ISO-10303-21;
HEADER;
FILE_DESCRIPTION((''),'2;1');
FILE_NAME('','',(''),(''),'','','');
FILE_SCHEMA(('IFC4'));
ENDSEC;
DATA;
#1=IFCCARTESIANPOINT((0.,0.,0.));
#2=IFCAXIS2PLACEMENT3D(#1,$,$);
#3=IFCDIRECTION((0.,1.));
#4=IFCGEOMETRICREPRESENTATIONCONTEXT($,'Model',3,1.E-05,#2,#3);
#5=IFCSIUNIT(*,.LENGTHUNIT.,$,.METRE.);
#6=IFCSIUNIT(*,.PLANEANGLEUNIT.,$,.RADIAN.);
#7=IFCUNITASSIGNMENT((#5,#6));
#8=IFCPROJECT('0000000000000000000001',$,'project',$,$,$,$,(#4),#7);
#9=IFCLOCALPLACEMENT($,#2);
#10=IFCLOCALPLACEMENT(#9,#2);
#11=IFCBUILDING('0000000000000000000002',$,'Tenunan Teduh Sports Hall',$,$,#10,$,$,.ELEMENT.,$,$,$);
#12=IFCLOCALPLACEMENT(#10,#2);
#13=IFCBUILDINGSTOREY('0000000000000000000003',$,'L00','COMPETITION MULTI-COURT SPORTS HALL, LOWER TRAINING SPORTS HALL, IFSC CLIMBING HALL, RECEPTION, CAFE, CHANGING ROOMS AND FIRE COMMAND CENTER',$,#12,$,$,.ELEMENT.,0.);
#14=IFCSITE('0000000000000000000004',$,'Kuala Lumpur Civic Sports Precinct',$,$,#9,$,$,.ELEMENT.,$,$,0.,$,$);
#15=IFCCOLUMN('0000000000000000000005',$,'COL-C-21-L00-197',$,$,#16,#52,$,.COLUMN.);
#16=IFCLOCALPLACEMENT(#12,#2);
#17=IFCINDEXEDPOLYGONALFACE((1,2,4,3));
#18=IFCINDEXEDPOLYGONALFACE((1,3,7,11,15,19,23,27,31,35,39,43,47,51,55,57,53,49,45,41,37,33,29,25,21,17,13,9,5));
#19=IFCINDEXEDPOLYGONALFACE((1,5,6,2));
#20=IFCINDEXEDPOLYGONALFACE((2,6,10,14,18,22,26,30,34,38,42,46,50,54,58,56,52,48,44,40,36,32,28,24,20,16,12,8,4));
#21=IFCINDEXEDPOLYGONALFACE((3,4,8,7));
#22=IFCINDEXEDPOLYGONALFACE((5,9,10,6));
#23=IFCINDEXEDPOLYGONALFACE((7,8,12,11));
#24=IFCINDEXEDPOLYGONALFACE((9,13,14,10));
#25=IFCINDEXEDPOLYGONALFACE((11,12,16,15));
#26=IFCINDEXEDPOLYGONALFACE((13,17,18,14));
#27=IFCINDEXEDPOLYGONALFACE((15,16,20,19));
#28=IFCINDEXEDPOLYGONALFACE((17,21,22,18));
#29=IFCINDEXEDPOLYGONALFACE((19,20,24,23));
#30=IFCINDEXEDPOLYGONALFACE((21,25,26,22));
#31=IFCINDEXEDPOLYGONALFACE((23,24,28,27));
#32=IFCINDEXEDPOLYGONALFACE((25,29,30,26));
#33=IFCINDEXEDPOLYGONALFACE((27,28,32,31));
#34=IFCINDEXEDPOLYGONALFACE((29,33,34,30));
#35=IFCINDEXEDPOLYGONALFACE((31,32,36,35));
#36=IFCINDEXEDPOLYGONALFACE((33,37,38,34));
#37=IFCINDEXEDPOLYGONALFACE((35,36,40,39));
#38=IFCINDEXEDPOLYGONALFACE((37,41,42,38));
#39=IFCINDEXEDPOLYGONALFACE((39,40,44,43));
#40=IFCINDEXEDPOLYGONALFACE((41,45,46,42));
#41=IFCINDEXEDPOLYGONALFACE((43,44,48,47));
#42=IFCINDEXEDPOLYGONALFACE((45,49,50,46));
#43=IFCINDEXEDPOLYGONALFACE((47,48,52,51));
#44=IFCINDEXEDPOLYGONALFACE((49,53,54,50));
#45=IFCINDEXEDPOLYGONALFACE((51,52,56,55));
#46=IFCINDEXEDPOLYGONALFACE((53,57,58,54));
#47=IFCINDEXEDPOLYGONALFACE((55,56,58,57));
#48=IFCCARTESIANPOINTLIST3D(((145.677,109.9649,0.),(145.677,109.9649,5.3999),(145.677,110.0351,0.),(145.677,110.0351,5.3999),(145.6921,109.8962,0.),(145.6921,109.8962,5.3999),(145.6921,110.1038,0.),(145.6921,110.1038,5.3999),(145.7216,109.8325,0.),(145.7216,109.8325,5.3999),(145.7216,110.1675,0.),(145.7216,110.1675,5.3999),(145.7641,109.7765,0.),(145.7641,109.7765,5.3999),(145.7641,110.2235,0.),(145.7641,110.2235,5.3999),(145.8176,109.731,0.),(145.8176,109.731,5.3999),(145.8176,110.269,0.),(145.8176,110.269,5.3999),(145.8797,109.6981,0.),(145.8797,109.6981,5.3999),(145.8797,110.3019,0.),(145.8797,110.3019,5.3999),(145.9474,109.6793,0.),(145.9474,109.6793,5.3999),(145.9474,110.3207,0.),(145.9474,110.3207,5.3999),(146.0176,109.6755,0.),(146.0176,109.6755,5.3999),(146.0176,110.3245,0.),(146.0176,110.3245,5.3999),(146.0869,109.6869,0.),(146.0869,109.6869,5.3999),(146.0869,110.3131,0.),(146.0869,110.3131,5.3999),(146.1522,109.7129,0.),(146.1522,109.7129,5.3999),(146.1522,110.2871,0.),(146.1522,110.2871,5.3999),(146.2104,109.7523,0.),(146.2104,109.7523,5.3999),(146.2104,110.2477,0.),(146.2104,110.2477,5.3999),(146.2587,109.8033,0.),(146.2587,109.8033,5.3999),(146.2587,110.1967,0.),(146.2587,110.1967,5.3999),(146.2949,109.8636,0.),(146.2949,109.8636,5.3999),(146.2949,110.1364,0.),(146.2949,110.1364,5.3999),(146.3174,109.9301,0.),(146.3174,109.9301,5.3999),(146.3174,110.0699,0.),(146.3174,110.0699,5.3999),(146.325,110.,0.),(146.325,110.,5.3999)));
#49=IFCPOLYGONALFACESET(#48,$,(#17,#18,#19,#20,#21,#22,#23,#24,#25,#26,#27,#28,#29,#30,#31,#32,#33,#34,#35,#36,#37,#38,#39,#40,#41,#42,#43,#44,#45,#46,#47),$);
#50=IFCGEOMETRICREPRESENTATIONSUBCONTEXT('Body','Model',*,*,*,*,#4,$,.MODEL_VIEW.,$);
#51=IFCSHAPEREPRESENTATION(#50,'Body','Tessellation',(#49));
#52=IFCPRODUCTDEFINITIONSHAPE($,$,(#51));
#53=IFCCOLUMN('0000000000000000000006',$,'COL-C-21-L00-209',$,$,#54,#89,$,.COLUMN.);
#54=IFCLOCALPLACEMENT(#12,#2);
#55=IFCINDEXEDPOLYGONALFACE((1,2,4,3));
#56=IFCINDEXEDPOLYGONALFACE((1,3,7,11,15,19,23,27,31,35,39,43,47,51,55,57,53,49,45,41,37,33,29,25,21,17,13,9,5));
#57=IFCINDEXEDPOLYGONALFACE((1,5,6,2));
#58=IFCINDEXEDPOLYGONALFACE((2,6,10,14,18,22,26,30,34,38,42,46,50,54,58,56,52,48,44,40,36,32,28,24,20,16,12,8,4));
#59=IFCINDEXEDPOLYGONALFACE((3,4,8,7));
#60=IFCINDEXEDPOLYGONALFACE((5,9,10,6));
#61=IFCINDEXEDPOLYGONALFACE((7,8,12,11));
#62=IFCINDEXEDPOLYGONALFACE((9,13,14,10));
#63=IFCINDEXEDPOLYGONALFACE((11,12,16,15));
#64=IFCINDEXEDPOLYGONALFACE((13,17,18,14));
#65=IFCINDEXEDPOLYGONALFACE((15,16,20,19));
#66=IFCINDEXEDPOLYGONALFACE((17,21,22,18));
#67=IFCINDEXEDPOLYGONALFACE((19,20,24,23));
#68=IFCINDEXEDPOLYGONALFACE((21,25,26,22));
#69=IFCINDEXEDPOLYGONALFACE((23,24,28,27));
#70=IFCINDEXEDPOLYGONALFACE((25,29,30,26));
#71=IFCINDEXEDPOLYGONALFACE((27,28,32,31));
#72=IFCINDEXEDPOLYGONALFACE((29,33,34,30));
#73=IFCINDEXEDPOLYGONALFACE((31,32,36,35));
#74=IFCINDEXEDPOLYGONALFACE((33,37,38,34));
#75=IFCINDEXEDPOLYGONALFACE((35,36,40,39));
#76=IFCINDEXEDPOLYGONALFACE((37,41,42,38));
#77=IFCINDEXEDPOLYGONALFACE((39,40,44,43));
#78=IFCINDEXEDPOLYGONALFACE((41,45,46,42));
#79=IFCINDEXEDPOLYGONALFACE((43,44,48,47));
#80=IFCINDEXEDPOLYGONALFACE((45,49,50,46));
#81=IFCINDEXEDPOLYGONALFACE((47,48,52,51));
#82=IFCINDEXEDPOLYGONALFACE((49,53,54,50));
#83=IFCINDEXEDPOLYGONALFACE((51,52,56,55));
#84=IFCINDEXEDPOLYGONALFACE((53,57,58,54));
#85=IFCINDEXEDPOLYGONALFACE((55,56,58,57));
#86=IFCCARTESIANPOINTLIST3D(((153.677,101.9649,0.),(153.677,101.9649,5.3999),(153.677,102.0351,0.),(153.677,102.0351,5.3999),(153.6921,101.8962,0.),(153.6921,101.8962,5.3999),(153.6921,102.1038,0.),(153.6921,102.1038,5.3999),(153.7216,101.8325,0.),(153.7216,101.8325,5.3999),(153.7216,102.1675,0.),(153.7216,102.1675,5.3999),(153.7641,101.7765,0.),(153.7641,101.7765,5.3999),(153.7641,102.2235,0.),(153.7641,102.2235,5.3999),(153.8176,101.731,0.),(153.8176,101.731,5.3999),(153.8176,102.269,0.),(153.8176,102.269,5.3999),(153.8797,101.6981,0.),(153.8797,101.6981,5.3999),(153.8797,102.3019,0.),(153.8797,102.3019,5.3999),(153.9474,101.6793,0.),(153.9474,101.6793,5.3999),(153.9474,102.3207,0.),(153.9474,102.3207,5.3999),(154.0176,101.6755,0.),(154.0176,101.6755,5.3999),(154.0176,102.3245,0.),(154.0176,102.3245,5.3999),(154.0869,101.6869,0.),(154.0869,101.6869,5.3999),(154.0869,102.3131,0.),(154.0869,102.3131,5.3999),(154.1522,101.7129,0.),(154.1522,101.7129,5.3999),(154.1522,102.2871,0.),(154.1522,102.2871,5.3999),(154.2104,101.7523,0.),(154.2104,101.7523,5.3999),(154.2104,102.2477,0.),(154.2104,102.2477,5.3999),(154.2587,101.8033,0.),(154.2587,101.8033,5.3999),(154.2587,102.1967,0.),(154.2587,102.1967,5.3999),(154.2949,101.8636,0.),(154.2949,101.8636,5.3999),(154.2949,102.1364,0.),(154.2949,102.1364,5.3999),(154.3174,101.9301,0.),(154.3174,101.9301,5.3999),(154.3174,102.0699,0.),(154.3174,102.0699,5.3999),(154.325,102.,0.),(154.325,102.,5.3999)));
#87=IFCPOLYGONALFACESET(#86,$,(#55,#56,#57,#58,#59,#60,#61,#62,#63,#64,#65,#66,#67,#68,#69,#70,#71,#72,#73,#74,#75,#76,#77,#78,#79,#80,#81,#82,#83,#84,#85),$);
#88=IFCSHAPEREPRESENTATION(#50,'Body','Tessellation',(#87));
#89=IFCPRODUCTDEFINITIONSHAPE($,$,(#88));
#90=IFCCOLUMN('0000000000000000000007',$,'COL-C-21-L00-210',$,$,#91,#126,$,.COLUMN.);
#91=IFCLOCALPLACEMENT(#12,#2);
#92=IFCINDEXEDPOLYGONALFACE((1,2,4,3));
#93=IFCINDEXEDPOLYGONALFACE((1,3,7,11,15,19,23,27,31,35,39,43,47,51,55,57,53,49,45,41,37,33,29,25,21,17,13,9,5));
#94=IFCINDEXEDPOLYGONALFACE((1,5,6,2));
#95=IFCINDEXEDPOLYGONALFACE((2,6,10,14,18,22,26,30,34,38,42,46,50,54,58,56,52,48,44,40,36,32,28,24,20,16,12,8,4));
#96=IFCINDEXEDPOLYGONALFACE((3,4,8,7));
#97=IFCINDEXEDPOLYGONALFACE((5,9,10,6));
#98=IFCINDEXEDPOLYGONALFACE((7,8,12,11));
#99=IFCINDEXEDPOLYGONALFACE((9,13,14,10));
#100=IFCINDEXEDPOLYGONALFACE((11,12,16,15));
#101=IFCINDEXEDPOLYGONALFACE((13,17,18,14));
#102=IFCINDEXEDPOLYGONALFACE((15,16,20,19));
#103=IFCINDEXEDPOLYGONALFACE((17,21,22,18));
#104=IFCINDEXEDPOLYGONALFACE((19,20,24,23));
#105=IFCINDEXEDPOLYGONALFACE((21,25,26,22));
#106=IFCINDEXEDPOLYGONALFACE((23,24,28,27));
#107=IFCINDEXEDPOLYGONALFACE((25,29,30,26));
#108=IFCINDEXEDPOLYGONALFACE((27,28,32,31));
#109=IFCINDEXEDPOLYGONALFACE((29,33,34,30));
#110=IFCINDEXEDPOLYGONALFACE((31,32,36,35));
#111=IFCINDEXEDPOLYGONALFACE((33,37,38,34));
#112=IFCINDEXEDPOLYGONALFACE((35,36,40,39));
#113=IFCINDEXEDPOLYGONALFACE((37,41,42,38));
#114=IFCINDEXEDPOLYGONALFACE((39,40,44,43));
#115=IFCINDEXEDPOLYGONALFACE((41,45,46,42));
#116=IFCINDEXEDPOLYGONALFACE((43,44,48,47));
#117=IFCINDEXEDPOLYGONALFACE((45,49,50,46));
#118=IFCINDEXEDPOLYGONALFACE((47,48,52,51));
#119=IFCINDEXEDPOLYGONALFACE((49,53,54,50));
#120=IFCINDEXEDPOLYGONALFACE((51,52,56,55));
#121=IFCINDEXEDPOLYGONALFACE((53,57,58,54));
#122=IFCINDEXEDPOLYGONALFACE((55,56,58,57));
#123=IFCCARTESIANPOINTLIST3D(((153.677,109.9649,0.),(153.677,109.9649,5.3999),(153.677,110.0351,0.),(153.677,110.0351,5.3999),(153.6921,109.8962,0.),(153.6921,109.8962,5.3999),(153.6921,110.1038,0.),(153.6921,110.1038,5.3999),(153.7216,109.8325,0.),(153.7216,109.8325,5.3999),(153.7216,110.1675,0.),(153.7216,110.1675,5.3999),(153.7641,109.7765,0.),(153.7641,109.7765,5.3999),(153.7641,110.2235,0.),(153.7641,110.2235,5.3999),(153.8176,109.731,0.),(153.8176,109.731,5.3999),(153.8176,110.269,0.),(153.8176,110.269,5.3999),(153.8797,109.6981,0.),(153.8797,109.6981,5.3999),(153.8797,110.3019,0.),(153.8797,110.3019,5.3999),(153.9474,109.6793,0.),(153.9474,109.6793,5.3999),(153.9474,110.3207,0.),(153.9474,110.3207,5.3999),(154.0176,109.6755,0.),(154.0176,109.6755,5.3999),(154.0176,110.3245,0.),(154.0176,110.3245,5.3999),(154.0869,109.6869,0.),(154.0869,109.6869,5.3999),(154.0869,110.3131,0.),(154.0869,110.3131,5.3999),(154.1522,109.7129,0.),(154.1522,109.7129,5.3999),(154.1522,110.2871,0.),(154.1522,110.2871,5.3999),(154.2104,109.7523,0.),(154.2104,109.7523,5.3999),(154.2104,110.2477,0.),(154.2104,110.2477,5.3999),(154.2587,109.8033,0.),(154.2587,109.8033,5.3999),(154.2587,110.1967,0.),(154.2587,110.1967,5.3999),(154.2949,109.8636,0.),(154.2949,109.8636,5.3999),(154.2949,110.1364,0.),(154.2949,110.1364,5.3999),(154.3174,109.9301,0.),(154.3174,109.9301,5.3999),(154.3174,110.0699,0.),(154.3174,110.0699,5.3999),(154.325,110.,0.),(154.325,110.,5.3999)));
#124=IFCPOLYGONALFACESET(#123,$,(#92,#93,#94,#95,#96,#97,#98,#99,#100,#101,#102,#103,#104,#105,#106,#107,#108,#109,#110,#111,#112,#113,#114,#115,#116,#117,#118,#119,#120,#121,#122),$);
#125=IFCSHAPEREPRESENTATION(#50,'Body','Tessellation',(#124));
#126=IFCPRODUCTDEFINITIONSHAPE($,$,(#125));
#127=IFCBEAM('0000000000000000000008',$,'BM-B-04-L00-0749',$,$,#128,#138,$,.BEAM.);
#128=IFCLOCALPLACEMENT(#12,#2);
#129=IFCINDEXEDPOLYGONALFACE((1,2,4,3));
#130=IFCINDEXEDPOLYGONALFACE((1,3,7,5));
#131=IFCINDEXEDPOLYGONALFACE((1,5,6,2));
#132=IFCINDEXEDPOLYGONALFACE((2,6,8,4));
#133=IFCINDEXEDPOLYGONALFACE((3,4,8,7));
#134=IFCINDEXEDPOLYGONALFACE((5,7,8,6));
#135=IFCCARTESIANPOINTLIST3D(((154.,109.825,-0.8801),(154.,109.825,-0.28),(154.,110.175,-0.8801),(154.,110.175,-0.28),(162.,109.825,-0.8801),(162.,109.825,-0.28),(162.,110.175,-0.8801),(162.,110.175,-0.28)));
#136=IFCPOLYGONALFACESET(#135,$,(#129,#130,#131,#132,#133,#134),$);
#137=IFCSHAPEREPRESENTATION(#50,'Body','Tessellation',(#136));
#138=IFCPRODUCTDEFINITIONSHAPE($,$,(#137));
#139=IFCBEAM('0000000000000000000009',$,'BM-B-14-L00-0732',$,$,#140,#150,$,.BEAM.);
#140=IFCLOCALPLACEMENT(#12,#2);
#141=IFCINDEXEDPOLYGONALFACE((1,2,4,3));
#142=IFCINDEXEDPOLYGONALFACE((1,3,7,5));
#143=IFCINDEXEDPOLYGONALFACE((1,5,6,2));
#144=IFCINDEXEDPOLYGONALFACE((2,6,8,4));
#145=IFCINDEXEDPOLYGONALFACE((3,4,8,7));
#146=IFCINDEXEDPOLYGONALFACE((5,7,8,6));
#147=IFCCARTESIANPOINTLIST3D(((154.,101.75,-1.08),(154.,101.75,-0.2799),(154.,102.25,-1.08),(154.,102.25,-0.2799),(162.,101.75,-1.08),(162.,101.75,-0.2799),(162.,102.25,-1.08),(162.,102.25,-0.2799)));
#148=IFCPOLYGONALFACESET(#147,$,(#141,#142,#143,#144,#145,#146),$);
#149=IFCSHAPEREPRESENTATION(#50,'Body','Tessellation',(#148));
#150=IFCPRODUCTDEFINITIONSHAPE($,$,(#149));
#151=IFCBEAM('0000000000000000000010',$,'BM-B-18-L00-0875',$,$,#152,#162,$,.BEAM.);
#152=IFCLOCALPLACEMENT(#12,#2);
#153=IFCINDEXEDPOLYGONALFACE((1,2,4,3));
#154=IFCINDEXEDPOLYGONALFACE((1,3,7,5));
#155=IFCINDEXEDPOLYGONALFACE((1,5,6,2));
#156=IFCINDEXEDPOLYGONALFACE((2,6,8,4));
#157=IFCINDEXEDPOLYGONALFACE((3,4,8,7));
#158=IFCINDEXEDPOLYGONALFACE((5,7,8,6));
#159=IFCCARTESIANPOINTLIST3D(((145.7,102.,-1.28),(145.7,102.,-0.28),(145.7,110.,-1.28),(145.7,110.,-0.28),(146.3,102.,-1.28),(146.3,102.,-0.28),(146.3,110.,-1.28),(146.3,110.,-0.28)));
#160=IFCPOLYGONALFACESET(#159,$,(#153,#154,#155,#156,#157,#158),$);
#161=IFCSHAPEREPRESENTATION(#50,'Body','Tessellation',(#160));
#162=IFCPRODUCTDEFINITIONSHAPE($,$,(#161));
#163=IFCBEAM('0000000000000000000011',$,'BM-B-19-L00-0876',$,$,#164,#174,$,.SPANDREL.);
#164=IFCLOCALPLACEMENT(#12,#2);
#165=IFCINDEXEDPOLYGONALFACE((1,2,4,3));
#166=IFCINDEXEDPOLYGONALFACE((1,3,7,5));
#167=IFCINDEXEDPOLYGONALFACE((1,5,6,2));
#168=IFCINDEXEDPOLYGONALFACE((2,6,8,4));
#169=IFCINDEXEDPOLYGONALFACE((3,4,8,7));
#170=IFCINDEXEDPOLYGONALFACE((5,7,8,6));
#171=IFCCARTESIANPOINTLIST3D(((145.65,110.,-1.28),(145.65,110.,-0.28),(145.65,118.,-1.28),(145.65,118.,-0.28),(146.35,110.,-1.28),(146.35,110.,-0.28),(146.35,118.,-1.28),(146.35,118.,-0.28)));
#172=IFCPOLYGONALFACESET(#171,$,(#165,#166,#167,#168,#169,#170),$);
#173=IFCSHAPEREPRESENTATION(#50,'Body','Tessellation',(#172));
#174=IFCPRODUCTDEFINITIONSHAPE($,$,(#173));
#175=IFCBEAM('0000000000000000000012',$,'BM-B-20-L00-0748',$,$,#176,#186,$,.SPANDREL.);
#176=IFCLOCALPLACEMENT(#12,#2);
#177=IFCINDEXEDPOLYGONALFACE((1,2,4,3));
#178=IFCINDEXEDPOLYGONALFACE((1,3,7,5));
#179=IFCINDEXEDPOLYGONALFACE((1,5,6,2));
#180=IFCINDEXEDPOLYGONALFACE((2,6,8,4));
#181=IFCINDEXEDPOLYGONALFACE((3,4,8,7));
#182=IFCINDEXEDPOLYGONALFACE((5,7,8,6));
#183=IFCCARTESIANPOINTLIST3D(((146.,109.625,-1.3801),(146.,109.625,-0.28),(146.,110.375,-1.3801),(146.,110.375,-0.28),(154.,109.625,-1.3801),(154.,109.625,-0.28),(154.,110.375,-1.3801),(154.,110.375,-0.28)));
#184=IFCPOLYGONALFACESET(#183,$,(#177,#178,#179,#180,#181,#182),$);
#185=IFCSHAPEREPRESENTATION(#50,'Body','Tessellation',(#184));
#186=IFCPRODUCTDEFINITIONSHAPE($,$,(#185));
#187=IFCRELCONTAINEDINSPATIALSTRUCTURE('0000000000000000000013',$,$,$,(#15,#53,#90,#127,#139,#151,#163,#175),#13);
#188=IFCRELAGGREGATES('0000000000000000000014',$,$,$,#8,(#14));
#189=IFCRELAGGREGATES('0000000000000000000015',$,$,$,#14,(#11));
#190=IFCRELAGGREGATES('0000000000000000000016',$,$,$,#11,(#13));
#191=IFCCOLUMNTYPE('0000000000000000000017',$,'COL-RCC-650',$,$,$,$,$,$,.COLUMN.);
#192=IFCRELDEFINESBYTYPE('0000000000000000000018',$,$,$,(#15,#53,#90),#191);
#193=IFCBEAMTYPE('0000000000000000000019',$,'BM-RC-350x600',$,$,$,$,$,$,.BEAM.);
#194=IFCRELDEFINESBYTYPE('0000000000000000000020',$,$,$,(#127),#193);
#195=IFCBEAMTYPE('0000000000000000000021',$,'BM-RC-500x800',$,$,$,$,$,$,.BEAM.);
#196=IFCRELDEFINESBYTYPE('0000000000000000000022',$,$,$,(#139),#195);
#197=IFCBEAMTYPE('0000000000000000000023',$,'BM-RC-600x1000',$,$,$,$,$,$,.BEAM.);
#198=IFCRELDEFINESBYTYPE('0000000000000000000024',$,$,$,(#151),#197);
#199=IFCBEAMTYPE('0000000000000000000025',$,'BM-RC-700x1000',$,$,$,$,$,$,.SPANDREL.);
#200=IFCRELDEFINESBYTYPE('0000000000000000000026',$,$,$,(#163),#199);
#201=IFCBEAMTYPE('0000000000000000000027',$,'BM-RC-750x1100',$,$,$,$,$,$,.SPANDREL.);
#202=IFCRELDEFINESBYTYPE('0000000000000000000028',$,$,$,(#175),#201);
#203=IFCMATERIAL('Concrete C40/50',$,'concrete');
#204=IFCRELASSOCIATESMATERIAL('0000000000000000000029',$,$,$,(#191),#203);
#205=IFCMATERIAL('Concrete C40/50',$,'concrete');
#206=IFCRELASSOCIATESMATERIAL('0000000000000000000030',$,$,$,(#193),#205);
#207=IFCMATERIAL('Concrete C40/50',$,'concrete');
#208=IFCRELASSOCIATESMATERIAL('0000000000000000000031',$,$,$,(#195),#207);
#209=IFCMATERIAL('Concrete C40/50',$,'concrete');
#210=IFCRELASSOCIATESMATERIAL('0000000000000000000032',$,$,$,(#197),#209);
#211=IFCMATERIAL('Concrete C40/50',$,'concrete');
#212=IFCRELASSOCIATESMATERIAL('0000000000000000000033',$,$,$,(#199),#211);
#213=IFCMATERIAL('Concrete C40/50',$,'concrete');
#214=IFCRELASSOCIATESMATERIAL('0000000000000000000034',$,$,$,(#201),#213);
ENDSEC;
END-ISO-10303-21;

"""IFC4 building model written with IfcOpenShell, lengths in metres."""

from ifc_helpers import new_model, si_unit, direction, frame, origin, origin_2d, place, context, subcontext, project, spatial, rectangle, circle, extrude, material, material_profile, profile_set, type_object, element, save


model = new_model("IFC4")

# Units and contexts
model_context = context("Model", 3, precision=1e-05, world=origin(), true_north=direction((0.0, 1.0)))
body_context = subcontext(model_context, "Body", "Model", "MODEL_VIEW")
ifc_project = project(units=[si_unit("LENGTHUNIT", "METRE"), si_unit("PLANEANGLEUNIT", "RADIAN")], contexts=[model_context])

# Site, building, storey
site_placement = place(None, origin())
site = spatial("IfcSite", under=ifc_project, at=site_placement, Name="Kuala Lumpur Civic Sports Precinct", CompositionType="ELEMENT", RefElevation=0.0)
building_placement = place(site_placement, origin())
building = spatial("IfcBuilding", under=site, at=building_placement, Name="Tenunan Teduh Sports Hall", CompositionType="ELEMENT")
storey_placement = place(building_placement, origin())
storey = spatial("IfcBuildingStorey", under=building, at=storey_placement, Name="L00", Description="COMPETITION MULTI-COURT SPORTS HALL, LOWER TRAINING SPORTS HALL, IFSC CLIMBING HALL, RECEPTION, CAFE, CHANGING ROOMS AND FIRE COMMAND CENTER", CompositionType="ELEMENT", Elevation=0.0)

# Columns
ifc_material_1 = material(Name="Concrete C40/50", Category="concrete")
ifc_material_profile_1 = material_profile(ifc_material_1, circle(Radius=0.325, at=origin_2d()), Name="RCC D650")
ifc_profile_set_1 = profile_set([ifc_material_profile_1], Name="Concrete C40/50")
column_type = type_object("IfcColumnType", Name="COL-RCC-650", PredefinedType="COLUMN", material=ifc_profile_set_1)
for number, where, z_axis, x_axis, name in (
    (1, (146.0, 110.0, 0.0), (0.0, 0.0, 1.0), (1.0, 0.0, 0.0), "COL-C-21-L00-197"),
    (2, (154.0, 102.0, 0.0), (0.0, 0.0, 1.0), (1.0, 0.0, 0.0), "COL-C-21-L00-209"),
    (3, (154.0, 110.0, 0.0), (0.0, 0.0, 1.0), (1.0, 0.0, 0.0), "COL-C-21-L00-210"),
):
    element("IfcColumn", number, at=place(storey_placement, frame(where, z_axis=z_axis, x_axis=x_axis)), inside=storey, type_object=column_type, Name=name, PredefinedType="COLUMN", context=body_context, shape_type="SweptSolid", body=[
        extrude(circle(Radius=0.325, at=origin_2d()), origin(), (0.0, 0.0, 1.0), 5.3999),
    ])

# Beams
ifc_material_2 = material(Name="Concrete C40/50", Category="concrete")
ifc_material_profile_2 = material_profile(ifc_material_2, rectangle(XDim=0.3501, YDim=0.6001, at=origin_2d()), Name="RCB 350x600")
ifc_profile_set_2 = profile_set([ifc_material_profile_2], Name="Concrete C40/50")
beam_type_1 = type_object("IfcBeamType", Name="BM-RC-350x600", PredefinedType="BEAM", material=ifc_profile_set_2)
beam_1_placement = place(storey_placement, frame((154.0, 110.0, -0.5801), z_axis=(1.0, 0.0, 0.0), x_axis=(0.0, 1.0, 0.0)))
element("IfcBeam", 4, at=beam_1_placement, inside=storey, type_object=beam_type_1, Name="BM-B-04-L00-0749", PredefinedType="BEAM", context=body_context, shape_type="SweptSolid", body=[
    extrude(rectangle(XDim=0.3501, YDim=0.6001, at=origin_2d()), origin(), (0.0, 0.0, 1.0), 8.0),
])
ifc_material_3 = material(Name="Concrete C40/50", Category="concrete")
ifc_material_profile_3 = material_profile(ifc_material_3, rectangle(XDim=0.5, YDim=0.8, at=origin_2d()), Name="RCB 500x800")
ifc_profile_set_3 = profile_set([ifc_material_profile_3], Name="Concrete C40/50")
beam_type_2 = type_object("IfcBeamType", Name="BM-RC-500x800", PredefinedType="BEAM", material=ifc_profile_set_3)
beam_2_placement = place(storey_placement, frame((154.0, 102.0, -0.6799), z_axis=(1.0, 0.0, 0.0), x_axis=(0.0, 1.0, 0.0)))
element("IfcBeam", 5, at=beam_2_placement, inside=storey, type_object=beam_type_2, Name="BM-B-14-L00-0732", PredefinedType="BEAM", context=body_context, shape_type="SweptSolid", body=[
    extrude(rectangle(XDim=0.5, YDim=0.8, at=origin_2d()), origin(), (0.0, 0.0, 1.0), 8.0),
])
ifc_material_4 = material(Name="Concrete C40/50", Category="concrete")
ifc_material_profile_4 = material_profile(ifc_material_4, rectangle(XDim=0.6001, YDim=1.0, at=origin_2d()), Name="RCB 600x1000")
ifc_profile_set_4 = profile_set([ifc_material_profile_4], Name="Concrete C40/50")
beam_type_3 = type_object("IfcBeamType", Name="BM-RC-600x1000", PredefinedType="BEAM", material=ifc_profile_set_4)
beam_3_placement = place(storey_placement, frame((146.0, 102.0, -0.78), z_axis=(0.0, 1.0, 0.0), x_axis=(-1.0, 0.0, 0.0)))
element("IfcBeam", 6, at=beam_3_placement, inside=storey, type_object=beam_type_3, Name="BM-B-18-L00-0875", PredefinedType="BEAM", context=body_context, shape_type="SweptSolid", body=[
    extrude(rectangle(XDim=0.6001, YDim=1.0, at=origin_2d()), origin(), (0.0, 0.0, 1.0), 8.0),
])
ifc_material_5 = material(Name="Concrete C40/50", Category="concrete")
ifc_material_profile_5 = material_profile(ifc_material_5, rectangle(XDim=0.7, YDim=1.0, at=origin_2d()), Name="RCB 700x1000")
ifc_profile_set_5 = profile_set([ifc_material_profile_5], Name="Concrete C40/50")
beam_type_4 = type_object("IfcBeamType", Name="BM-RC-700x1000", PredefinedType="SPANDREL", material=ifc_profile_set_5)
beam_4_placement = place(storey_placement, frame((146.0, 110.0, -0.78), z_axis=(0.0, 1.0, 0.0), x_axis=(-1.0, 0.0, 0.0)))
element("IfcBeam", 7, at=beam_4_placement, inside=storey, type_object=beam_type_4, Name="BM-B-19-L00-0876", PredefinedType="SPANDREL", context=body_context, shape_type="SweptSolid", body=[
    extrude(rectangle(XDim=0.7, YDim=1.0, at=origin_2d()), origin(), (0.0, 0.0, 1.0), 8.0),
])
ifc_material_6 = material(Name="Concrete C40/50", Category="concrete")
ifc_material_profile_6 = material_profile(ifc_material_6, rectangle(XDim=0.75, YDim=1.1001, at=origin_2d()), Name="RCB 750x1100")
ifc_profile_set_6 = profile_set([ifc_material_profile_6], Name="Concrete C40/50")
beam_type_5 = type_object("IfcBeamType", Name="BM-RC-750x1100", PredefinedType="SPANDREL", material=ifc_profile_set_6)
beam_5_placement = place(storey_placement, frame((146.0, 110.0, -0.8301), z_axis=(1.0, 0.0, 0.0), x_axis=(0.0, 1.0, 0.0)))
element("IfcBeam", 8, at=beam_5_placement, inside=storey, type_object=beam_type_5, Name="BM-B-20-L00-0748", PredefinedType="SPANDREL", context=body_context, shape_type="SweptSolid", body=[
    extrude(rectangle(XDim=0.75, YDim=1.1001, at=origin_2d()), origin(), (0.0, 0.0, 1.0), 8.0),
])

save(model, "model.ifc")
